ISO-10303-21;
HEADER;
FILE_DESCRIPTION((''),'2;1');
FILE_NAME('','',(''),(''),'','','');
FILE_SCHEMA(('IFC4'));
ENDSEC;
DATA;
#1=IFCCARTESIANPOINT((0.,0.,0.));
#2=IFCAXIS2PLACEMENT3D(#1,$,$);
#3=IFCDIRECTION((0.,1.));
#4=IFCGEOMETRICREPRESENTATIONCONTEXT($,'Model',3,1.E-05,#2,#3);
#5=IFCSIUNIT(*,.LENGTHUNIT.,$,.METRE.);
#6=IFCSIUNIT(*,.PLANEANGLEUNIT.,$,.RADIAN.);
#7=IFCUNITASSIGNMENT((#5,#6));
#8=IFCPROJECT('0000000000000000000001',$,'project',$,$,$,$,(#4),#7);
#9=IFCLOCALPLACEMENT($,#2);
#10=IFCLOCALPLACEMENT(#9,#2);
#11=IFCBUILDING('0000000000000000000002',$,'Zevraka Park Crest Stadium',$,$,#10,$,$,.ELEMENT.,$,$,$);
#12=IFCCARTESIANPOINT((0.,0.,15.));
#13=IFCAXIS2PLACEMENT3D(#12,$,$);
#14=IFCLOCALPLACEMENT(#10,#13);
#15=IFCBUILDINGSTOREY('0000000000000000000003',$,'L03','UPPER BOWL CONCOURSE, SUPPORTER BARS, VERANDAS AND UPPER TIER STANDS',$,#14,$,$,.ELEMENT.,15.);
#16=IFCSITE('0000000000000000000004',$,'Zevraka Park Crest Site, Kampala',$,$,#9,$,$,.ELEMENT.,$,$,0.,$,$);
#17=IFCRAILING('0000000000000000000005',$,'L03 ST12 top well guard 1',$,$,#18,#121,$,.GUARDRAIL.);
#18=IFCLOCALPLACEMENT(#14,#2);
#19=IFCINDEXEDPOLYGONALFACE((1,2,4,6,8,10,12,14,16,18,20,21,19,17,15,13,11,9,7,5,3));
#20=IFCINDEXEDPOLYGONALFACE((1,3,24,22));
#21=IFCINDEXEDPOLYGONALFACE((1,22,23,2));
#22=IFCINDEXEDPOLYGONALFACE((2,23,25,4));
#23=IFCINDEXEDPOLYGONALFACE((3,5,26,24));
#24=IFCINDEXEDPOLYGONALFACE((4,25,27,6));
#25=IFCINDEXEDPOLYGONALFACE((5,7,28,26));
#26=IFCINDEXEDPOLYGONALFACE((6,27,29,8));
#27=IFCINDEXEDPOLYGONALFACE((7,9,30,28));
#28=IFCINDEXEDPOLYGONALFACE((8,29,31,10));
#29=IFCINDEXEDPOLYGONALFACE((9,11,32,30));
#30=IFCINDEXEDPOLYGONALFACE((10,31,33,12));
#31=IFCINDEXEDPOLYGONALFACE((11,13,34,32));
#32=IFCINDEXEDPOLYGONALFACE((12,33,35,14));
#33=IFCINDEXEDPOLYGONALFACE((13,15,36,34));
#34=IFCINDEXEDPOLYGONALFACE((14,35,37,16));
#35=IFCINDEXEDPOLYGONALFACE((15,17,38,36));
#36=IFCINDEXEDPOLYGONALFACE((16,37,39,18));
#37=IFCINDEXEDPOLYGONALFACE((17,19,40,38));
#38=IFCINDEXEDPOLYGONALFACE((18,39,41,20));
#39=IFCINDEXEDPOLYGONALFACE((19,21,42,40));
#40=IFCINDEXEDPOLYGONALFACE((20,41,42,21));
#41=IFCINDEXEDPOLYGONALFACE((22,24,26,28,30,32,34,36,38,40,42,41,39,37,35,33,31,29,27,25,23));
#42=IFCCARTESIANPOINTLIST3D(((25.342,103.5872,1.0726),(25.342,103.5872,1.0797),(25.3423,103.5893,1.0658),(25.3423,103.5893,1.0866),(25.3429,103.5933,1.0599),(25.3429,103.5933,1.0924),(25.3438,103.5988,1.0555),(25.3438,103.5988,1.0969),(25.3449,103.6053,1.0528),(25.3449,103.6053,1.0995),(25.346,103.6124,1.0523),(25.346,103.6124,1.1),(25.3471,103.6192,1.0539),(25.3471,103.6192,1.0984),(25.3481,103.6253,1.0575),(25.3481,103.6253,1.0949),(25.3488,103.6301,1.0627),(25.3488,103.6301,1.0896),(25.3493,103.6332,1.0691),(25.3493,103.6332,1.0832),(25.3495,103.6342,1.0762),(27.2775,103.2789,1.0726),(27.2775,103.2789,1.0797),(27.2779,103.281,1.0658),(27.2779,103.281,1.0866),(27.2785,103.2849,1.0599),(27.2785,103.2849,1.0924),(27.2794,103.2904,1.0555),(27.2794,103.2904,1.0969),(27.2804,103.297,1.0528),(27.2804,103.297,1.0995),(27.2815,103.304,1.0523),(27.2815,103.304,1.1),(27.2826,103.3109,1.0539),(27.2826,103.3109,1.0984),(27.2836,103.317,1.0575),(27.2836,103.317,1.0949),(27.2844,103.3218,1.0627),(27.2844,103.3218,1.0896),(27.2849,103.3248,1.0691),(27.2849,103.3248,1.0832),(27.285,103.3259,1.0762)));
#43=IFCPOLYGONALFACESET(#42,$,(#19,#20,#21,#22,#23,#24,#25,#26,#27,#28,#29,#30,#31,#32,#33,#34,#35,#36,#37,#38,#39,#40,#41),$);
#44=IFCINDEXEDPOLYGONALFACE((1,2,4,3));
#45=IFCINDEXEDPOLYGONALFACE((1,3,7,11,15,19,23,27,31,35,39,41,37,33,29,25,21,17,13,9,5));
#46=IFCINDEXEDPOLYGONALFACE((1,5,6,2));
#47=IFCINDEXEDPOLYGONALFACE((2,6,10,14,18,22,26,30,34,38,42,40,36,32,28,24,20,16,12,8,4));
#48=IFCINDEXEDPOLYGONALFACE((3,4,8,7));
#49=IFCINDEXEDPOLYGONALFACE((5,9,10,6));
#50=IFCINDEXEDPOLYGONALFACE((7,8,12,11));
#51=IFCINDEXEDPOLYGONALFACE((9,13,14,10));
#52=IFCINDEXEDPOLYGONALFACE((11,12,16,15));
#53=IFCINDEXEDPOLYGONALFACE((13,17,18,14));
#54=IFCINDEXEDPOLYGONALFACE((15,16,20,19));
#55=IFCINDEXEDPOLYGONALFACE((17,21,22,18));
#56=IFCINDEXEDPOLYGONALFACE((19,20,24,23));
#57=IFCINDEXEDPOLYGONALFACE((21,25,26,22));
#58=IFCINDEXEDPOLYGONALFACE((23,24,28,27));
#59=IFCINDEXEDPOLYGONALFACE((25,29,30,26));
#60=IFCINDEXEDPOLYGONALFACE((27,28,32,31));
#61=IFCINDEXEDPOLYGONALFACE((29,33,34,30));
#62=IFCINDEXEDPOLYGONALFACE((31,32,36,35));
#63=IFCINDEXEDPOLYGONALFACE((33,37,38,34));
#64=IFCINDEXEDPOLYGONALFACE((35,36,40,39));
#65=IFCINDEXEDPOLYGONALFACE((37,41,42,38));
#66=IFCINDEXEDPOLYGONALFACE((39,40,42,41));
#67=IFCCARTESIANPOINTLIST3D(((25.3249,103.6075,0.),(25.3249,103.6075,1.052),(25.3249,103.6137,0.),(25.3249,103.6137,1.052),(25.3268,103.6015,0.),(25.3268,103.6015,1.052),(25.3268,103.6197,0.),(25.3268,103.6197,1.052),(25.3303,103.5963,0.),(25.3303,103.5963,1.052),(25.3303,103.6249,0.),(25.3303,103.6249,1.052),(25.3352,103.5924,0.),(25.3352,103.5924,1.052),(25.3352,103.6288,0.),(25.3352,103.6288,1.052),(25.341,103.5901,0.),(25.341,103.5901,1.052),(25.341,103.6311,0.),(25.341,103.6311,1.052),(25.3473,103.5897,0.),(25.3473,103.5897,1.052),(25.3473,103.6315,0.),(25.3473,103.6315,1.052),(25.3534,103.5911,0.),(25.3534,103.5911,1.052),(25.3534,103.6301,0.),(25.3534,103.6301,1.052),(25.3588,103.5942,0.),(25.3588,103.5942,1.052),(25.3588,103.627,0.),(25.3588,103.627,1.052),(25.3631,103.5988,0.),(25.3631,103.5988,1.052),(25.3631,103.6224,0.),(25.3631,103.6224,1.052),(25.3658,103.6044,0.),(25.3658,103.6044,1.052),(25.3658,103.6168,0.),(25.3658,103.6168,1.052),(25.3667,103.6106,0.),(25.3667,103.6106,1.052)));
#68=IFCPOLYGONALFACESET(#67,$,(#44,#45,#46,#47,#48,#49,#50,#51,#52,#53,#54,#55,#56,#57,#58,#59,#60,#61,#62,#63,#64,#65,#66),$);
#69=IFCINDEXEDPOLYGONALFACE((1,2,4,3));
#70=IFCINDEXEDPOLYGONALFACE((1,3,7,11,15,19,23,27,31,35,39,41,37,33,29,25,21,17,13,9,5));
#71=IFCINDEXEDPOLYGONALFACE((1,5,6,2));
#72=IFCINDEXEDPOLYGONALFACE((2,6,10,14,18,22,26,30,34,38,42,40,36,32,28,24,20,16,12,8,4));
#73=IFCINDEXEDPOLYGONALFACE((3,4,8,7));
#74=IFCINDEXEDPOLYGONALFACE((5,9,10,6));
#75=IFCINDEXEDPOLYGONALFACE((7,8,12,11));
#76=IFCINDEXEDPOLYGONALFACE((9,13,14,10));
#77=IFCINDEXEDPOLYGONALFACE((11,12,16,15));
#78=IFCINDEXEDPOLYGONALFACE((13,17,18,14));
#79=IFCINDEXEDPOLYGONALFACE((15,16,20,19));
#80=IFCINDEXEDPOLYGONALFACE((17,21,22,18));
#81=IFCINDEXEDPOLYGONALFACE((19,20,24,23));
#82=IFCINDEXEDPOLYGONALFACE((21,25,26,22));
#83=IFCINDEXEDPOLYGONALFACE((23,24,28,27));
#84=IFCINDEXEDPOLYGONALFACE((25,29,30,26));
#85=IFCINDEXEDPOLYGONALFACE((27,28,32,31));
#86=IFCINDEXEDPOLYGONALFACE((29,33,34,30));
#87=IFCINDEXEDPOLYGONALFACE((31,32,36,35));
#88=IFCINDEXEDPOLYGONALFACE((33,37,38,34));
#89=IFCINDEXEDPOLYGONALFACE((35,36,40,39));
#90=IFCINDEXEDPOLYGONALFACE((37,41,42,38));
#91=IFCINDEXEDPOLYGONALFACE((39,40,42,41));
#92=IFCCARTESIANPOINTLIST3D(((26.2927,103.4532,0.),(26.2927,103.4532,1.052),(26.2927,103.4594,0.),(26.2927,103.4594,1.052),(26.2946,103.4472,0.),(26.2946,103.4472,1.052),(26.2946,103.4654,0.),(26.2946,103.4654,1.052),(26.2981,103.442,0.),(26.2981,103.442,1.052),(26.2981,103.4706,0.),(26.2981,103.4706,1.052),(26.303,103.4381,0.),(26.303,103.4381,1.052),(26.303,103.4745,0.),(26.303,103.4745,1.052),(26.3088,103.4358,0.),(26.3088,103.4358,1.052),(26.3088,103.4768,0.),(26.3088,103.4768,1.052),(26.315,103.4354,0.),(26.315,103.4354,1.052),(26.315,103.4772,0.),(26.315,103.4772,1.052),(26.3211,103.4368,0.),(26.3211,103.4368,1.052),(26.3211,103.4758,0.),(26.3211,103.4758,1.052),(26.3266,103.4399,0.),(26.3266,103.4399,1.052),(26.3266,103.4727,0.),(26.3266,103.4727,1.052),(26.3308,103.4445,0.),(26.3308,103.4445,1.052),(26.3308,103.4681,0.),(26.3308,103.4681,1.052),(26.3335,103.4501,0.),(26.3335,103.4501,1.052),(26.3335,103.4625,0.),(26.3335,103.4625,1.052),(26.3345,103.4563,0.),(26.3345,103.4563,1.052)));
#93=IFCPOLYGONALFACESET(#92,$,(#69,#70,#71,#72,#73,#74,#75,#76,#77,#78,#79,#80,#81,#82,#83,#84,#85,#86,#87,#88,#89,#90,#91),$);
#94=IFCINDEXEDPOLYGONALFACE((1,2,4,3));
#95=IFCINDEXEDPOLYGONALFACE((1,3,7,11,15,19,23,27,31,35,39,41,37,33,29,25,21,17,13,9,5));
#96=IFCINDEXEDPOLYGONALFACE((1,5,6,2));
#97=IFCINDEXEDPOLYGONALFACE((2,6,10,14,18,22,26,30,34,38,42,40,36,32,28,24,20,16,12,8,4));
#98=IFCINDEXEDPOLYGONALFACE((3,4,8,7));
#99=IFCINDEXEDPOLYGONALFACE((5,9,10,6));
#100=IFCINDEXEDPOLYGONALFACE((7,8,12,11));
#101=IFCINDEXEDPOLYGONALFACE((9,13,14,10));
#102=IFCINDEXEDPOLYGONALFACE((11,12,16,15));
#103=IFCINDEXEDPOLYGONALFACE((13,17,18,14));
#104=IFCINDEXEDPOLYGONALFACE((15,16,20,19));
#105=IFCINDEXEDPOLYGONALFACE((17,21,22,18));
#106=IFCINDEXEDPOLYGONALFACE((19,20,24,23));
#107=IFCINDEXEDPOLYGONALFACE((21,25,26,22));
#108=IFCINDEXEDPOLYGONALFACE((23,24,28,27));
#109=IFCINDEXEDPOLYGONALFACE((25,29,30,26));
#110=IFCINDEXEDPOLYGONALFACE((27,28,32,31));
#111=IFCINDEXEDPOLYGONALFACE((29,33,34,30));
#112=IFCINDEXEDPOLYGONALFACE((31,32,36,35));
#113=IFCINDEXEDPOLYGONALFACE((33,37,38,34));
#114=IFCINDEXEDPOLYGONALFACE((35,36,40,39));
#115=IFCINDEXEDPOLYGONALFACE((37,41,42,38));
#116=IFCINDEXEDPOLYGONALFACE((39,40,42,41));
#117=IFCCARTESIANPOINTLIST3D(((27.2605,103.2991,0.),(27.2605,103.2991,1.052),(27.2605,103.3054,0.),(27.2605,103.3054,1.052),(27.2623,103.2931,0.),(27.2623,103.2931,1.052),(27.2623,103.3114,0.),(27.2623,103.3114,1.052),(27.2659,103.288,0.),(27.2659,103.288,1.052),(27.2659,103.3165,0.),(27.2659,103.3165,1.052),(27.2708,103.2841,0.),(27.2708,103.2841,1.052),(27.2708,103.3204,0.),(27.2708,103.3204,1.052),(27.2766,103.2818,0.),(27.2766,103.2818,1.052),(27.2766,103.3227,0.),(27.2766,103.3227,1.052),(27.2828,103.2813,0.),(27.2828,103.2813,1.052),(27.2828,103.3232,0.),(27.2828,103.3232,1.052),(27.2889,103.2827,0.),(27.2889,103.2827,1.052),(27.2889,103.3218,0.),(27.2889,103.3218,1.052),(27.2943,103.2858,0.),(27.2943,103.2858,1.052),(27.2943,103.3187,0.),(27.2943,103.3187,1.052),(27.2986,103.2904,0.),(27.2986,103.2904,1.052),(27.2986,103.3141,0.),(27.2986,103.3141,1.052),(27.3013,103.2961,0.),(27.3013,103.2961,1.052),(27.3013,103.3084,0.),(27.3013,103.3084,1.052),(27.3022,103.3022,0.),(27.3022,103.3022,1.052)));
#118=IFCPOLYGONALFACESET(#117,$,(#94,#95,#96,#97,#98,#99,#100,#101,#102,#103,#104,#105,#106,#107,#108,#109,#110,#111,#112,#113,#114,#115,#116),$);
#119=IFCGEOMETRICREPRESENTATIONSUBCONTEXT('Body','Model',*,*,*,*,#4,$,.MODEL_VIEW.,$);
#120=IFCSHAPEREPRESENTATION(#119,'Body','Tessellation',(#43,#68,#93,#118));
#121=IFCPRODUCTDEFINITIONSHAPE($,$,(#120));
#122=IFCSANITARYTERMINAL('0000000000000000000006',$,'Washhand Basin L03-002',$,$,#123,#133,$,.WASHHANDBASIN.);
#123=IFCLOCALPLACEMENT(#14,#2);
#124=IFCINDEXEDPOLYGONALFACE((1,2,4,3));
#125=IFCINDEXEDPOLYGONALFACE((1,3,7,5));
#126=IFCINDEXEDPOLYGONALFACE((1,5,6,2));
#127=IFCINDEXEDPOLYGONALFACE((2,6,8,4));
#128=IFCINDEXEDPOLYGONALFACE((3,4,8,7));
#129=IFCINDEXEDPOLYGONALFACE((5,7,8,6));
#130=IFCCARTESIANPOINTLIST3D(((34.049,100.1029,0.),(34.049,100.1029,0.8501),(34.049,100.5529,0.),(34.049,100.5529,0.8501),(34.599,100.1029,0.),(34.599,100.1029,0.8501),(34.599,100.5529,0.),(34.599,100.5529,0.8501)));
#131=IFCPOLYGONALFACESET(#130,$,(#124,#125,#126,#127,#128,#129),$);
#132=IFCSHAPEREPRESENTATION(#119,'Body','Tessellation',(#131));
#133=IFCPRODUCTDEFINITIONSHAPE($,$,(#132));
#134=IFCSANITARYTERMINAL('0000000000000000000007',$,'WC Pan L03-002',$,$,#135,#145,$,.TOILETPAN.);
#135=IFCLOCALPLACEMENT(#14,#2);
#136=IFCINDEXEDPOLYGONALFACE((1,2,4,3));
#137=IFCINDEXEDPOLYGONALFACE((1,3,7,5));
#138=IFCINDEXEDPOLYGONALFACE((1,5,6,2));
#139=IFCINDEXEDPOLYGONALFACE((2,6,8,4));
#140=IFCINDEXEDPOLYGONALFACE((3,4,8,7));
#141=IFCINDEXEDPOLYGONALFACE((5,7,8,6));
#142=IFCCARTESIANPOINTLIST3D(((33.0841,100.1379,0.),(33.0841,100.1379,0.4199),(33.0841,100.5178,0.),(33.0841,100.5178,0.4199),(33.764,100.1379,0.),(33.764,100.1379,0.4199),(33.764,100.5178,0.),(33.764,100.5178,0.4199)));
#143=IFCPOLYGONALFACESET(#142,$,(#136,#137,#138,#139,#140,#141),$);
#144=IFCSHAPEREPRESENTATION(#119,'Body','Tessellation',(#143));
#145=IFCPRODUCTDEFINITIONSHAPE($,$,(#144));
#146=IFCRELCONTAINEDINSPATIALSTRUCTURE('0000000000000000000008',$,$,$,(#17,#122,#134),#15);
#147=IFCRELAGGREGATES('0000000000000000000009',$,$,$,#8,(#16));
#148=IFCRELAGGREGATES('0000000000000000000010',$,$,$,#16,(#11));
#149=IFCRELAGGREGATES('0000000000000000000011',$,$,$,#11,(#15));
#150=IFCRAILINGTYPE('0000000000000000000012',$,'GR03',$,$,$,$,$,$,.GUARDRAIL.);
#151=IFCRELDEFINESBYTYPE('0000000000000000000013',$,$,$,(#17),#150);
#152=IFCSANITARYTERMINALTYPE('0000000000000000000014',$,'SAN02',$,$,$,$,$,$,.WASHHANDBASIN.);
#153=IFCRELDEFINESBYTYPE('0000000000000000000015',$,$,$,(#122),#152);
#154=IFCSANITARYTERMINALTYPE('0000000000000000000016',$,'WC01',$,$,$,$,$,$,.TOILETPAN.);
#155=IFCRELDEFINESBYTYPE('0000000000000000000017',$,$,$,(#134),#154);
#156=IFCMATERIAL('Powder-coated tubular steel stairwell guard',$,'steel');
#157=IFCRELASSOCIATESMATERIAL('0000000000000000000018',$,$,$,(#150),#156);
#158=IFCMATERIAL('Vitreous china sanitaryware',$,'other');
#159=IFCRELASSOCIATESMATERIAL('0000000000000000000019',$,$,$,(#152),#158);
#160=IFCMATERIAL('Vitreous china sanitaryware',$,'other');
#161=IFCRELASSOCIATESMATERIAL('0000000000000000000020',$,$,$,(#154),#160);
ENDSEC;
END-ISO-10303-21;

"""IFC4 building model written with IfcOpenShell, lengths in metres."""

from ifc_helpers import new_model, si_unit, direction, frame, origin, origin_2d, place, context, subcontext, project, spatial, rectangle, circle, extrude, material, type_object, element, save


model = new_model("IFC4")

# Units and contexts
model_context = context("Model", 3, precision=1e-05, world=origin(), true_north=direction((0.0, 1.0)))
body_context = subcontext(model_context, "Body", "Model", "MODEL_VIEW")
ifc_project = project(units=[si_unit("LENGTHUNIT", "METRE"), si_unit("PLANEANGLEUNIT", "RADIAN")], contexts=[model_context])

# Site, building, storey
site_placement = place(None, origin())
site = spatial("IfcSite", under=ifc_project, at=site_placement, Name="Zevraka Park Crest Site, Kampala", CompositionType="ELEMENT", RefElevation=0.0)
building_placement = place(site_placement, origin())
building = spatial("IfcBuilding", under=site, at=building_placement, Name="Zevraka Park Crest Stadium", CompositionType="ELEMENT")
storey_placement = place(building_placement, frame((0.0, 0.0, 15.0)))
storey = spatial("IfcBuildingStorey", under=building, at=storey_placement, Name="L03", Description="UPPER BOWL CONCOURSE, SUPPORTER BARS, VERANDAS AND UPPER TIER STANDS", CompositionType="ELEMENT", Elevation=15.0)

# Railing
ifc_material_1 = material(Name="Powder-coated tubular steel stairwell guard", Category="steel")
railing_type = type_object("IfcRailingType", Name="GR03", PredefinedType="GUARDRAIL", material=ifc_material_1)
railing_placement = place(storey_placement, frame((25.3457, 103.6106, 0.0)))
element("IfcRailing", 1, at=railing_placement, inside=storey, type_object=railing_type, Name="L03 ST12 top well guard 1", PredefinedType="GUARDRAIL", context=body_context, shape_type="SweptSolid", body=[
    extrude(circle(Radius=0.0239, at=origin_2d()), frame((0.0, 0.0, 1.0762), z_axis=(0.987547, -0.157325, 0.0), x_axis=(0.157325, 0.987547, 0.0)), (0.0, 0.0, 1.0), 1.96),
    extrude(circle(Radius=0.021, at=origin_2d()), origin(), (0.0, 0.0, 1.0), 1.052),
    extrude(circle(Radius=0.021, at=origin_2d()), frame((0.9678, -0.1543, 0.0)), (0.0, 0.0, 1.0), 1.052),
    extrude(circle(Radius=0.021, at=origin_2d()), frame((1.9355, -0.3083, 0.0)), (0.0, 0.0, 1.0), 1.052),
])

# Sanitary terminals
ifc_material_2 = material(Name="Vitreous china sanitaryware", Category="other")
sanitary_terminal_type_1 = type_object("IfcSanitaryTerminalType", Name="SAN02", PredefinedType="WASHHANDBASIN", material=ifc_material_2)
sanitary_terminal_1_placement = place(storey_placement, frame((34.324, 100.3279, 0.0), z_axis=(0.0, 0.0, 1.0), x_axis=(1.0, 0.0, 0.0)))
element("IfcSanitaryTerminal", 2, at=sanitary_terminal_1_placement, inside=storey, type_object=sanitary_terminal_type_1, Name="Washhand Basin L03-002", PredefinedType="WASHHANDBASIN", context=body_context, shape_type="SweptSolid", body=[
    extrude(rectangle(XDim=0.55, YDim=0.45, at=origin_2d()), origin(), (0.0, 0.0, 1.0), 0.8501),
])
ifc_material_3 = material(Name="Vitreous china sanitaryware", Category="other")
sanitary_terminal_type_2 = type_object("IfcSanitaryTerminalType", Name="WC01", PredefinedType="TOILETPAN", material=ifc_material_3)
sanitary_terminal_2_placement = place(storey_placement, frame((33.4241, 100.3279, 0.0), z_axis=(0.0, 0.0, 1.0), x_axis=(1.0, 0.0, 0.0)))
element("IfcSanitaryTerminal", 3, at=sanitary_terminal_2_placement, inside=storey, type_object=sanitary_terminal_type_2, Name="WC Pan L03-002", PredefinedType="TOILETPAN", context=body_context, shape_type="SweptSolid", body=[
    extrude(rectangle(XDim=0.6799, YDim=0.3799, at=origin_2d()), origin(), (0.0, 0.0, 1.0), 0.4199),
])

save(model, "model.ifc")
